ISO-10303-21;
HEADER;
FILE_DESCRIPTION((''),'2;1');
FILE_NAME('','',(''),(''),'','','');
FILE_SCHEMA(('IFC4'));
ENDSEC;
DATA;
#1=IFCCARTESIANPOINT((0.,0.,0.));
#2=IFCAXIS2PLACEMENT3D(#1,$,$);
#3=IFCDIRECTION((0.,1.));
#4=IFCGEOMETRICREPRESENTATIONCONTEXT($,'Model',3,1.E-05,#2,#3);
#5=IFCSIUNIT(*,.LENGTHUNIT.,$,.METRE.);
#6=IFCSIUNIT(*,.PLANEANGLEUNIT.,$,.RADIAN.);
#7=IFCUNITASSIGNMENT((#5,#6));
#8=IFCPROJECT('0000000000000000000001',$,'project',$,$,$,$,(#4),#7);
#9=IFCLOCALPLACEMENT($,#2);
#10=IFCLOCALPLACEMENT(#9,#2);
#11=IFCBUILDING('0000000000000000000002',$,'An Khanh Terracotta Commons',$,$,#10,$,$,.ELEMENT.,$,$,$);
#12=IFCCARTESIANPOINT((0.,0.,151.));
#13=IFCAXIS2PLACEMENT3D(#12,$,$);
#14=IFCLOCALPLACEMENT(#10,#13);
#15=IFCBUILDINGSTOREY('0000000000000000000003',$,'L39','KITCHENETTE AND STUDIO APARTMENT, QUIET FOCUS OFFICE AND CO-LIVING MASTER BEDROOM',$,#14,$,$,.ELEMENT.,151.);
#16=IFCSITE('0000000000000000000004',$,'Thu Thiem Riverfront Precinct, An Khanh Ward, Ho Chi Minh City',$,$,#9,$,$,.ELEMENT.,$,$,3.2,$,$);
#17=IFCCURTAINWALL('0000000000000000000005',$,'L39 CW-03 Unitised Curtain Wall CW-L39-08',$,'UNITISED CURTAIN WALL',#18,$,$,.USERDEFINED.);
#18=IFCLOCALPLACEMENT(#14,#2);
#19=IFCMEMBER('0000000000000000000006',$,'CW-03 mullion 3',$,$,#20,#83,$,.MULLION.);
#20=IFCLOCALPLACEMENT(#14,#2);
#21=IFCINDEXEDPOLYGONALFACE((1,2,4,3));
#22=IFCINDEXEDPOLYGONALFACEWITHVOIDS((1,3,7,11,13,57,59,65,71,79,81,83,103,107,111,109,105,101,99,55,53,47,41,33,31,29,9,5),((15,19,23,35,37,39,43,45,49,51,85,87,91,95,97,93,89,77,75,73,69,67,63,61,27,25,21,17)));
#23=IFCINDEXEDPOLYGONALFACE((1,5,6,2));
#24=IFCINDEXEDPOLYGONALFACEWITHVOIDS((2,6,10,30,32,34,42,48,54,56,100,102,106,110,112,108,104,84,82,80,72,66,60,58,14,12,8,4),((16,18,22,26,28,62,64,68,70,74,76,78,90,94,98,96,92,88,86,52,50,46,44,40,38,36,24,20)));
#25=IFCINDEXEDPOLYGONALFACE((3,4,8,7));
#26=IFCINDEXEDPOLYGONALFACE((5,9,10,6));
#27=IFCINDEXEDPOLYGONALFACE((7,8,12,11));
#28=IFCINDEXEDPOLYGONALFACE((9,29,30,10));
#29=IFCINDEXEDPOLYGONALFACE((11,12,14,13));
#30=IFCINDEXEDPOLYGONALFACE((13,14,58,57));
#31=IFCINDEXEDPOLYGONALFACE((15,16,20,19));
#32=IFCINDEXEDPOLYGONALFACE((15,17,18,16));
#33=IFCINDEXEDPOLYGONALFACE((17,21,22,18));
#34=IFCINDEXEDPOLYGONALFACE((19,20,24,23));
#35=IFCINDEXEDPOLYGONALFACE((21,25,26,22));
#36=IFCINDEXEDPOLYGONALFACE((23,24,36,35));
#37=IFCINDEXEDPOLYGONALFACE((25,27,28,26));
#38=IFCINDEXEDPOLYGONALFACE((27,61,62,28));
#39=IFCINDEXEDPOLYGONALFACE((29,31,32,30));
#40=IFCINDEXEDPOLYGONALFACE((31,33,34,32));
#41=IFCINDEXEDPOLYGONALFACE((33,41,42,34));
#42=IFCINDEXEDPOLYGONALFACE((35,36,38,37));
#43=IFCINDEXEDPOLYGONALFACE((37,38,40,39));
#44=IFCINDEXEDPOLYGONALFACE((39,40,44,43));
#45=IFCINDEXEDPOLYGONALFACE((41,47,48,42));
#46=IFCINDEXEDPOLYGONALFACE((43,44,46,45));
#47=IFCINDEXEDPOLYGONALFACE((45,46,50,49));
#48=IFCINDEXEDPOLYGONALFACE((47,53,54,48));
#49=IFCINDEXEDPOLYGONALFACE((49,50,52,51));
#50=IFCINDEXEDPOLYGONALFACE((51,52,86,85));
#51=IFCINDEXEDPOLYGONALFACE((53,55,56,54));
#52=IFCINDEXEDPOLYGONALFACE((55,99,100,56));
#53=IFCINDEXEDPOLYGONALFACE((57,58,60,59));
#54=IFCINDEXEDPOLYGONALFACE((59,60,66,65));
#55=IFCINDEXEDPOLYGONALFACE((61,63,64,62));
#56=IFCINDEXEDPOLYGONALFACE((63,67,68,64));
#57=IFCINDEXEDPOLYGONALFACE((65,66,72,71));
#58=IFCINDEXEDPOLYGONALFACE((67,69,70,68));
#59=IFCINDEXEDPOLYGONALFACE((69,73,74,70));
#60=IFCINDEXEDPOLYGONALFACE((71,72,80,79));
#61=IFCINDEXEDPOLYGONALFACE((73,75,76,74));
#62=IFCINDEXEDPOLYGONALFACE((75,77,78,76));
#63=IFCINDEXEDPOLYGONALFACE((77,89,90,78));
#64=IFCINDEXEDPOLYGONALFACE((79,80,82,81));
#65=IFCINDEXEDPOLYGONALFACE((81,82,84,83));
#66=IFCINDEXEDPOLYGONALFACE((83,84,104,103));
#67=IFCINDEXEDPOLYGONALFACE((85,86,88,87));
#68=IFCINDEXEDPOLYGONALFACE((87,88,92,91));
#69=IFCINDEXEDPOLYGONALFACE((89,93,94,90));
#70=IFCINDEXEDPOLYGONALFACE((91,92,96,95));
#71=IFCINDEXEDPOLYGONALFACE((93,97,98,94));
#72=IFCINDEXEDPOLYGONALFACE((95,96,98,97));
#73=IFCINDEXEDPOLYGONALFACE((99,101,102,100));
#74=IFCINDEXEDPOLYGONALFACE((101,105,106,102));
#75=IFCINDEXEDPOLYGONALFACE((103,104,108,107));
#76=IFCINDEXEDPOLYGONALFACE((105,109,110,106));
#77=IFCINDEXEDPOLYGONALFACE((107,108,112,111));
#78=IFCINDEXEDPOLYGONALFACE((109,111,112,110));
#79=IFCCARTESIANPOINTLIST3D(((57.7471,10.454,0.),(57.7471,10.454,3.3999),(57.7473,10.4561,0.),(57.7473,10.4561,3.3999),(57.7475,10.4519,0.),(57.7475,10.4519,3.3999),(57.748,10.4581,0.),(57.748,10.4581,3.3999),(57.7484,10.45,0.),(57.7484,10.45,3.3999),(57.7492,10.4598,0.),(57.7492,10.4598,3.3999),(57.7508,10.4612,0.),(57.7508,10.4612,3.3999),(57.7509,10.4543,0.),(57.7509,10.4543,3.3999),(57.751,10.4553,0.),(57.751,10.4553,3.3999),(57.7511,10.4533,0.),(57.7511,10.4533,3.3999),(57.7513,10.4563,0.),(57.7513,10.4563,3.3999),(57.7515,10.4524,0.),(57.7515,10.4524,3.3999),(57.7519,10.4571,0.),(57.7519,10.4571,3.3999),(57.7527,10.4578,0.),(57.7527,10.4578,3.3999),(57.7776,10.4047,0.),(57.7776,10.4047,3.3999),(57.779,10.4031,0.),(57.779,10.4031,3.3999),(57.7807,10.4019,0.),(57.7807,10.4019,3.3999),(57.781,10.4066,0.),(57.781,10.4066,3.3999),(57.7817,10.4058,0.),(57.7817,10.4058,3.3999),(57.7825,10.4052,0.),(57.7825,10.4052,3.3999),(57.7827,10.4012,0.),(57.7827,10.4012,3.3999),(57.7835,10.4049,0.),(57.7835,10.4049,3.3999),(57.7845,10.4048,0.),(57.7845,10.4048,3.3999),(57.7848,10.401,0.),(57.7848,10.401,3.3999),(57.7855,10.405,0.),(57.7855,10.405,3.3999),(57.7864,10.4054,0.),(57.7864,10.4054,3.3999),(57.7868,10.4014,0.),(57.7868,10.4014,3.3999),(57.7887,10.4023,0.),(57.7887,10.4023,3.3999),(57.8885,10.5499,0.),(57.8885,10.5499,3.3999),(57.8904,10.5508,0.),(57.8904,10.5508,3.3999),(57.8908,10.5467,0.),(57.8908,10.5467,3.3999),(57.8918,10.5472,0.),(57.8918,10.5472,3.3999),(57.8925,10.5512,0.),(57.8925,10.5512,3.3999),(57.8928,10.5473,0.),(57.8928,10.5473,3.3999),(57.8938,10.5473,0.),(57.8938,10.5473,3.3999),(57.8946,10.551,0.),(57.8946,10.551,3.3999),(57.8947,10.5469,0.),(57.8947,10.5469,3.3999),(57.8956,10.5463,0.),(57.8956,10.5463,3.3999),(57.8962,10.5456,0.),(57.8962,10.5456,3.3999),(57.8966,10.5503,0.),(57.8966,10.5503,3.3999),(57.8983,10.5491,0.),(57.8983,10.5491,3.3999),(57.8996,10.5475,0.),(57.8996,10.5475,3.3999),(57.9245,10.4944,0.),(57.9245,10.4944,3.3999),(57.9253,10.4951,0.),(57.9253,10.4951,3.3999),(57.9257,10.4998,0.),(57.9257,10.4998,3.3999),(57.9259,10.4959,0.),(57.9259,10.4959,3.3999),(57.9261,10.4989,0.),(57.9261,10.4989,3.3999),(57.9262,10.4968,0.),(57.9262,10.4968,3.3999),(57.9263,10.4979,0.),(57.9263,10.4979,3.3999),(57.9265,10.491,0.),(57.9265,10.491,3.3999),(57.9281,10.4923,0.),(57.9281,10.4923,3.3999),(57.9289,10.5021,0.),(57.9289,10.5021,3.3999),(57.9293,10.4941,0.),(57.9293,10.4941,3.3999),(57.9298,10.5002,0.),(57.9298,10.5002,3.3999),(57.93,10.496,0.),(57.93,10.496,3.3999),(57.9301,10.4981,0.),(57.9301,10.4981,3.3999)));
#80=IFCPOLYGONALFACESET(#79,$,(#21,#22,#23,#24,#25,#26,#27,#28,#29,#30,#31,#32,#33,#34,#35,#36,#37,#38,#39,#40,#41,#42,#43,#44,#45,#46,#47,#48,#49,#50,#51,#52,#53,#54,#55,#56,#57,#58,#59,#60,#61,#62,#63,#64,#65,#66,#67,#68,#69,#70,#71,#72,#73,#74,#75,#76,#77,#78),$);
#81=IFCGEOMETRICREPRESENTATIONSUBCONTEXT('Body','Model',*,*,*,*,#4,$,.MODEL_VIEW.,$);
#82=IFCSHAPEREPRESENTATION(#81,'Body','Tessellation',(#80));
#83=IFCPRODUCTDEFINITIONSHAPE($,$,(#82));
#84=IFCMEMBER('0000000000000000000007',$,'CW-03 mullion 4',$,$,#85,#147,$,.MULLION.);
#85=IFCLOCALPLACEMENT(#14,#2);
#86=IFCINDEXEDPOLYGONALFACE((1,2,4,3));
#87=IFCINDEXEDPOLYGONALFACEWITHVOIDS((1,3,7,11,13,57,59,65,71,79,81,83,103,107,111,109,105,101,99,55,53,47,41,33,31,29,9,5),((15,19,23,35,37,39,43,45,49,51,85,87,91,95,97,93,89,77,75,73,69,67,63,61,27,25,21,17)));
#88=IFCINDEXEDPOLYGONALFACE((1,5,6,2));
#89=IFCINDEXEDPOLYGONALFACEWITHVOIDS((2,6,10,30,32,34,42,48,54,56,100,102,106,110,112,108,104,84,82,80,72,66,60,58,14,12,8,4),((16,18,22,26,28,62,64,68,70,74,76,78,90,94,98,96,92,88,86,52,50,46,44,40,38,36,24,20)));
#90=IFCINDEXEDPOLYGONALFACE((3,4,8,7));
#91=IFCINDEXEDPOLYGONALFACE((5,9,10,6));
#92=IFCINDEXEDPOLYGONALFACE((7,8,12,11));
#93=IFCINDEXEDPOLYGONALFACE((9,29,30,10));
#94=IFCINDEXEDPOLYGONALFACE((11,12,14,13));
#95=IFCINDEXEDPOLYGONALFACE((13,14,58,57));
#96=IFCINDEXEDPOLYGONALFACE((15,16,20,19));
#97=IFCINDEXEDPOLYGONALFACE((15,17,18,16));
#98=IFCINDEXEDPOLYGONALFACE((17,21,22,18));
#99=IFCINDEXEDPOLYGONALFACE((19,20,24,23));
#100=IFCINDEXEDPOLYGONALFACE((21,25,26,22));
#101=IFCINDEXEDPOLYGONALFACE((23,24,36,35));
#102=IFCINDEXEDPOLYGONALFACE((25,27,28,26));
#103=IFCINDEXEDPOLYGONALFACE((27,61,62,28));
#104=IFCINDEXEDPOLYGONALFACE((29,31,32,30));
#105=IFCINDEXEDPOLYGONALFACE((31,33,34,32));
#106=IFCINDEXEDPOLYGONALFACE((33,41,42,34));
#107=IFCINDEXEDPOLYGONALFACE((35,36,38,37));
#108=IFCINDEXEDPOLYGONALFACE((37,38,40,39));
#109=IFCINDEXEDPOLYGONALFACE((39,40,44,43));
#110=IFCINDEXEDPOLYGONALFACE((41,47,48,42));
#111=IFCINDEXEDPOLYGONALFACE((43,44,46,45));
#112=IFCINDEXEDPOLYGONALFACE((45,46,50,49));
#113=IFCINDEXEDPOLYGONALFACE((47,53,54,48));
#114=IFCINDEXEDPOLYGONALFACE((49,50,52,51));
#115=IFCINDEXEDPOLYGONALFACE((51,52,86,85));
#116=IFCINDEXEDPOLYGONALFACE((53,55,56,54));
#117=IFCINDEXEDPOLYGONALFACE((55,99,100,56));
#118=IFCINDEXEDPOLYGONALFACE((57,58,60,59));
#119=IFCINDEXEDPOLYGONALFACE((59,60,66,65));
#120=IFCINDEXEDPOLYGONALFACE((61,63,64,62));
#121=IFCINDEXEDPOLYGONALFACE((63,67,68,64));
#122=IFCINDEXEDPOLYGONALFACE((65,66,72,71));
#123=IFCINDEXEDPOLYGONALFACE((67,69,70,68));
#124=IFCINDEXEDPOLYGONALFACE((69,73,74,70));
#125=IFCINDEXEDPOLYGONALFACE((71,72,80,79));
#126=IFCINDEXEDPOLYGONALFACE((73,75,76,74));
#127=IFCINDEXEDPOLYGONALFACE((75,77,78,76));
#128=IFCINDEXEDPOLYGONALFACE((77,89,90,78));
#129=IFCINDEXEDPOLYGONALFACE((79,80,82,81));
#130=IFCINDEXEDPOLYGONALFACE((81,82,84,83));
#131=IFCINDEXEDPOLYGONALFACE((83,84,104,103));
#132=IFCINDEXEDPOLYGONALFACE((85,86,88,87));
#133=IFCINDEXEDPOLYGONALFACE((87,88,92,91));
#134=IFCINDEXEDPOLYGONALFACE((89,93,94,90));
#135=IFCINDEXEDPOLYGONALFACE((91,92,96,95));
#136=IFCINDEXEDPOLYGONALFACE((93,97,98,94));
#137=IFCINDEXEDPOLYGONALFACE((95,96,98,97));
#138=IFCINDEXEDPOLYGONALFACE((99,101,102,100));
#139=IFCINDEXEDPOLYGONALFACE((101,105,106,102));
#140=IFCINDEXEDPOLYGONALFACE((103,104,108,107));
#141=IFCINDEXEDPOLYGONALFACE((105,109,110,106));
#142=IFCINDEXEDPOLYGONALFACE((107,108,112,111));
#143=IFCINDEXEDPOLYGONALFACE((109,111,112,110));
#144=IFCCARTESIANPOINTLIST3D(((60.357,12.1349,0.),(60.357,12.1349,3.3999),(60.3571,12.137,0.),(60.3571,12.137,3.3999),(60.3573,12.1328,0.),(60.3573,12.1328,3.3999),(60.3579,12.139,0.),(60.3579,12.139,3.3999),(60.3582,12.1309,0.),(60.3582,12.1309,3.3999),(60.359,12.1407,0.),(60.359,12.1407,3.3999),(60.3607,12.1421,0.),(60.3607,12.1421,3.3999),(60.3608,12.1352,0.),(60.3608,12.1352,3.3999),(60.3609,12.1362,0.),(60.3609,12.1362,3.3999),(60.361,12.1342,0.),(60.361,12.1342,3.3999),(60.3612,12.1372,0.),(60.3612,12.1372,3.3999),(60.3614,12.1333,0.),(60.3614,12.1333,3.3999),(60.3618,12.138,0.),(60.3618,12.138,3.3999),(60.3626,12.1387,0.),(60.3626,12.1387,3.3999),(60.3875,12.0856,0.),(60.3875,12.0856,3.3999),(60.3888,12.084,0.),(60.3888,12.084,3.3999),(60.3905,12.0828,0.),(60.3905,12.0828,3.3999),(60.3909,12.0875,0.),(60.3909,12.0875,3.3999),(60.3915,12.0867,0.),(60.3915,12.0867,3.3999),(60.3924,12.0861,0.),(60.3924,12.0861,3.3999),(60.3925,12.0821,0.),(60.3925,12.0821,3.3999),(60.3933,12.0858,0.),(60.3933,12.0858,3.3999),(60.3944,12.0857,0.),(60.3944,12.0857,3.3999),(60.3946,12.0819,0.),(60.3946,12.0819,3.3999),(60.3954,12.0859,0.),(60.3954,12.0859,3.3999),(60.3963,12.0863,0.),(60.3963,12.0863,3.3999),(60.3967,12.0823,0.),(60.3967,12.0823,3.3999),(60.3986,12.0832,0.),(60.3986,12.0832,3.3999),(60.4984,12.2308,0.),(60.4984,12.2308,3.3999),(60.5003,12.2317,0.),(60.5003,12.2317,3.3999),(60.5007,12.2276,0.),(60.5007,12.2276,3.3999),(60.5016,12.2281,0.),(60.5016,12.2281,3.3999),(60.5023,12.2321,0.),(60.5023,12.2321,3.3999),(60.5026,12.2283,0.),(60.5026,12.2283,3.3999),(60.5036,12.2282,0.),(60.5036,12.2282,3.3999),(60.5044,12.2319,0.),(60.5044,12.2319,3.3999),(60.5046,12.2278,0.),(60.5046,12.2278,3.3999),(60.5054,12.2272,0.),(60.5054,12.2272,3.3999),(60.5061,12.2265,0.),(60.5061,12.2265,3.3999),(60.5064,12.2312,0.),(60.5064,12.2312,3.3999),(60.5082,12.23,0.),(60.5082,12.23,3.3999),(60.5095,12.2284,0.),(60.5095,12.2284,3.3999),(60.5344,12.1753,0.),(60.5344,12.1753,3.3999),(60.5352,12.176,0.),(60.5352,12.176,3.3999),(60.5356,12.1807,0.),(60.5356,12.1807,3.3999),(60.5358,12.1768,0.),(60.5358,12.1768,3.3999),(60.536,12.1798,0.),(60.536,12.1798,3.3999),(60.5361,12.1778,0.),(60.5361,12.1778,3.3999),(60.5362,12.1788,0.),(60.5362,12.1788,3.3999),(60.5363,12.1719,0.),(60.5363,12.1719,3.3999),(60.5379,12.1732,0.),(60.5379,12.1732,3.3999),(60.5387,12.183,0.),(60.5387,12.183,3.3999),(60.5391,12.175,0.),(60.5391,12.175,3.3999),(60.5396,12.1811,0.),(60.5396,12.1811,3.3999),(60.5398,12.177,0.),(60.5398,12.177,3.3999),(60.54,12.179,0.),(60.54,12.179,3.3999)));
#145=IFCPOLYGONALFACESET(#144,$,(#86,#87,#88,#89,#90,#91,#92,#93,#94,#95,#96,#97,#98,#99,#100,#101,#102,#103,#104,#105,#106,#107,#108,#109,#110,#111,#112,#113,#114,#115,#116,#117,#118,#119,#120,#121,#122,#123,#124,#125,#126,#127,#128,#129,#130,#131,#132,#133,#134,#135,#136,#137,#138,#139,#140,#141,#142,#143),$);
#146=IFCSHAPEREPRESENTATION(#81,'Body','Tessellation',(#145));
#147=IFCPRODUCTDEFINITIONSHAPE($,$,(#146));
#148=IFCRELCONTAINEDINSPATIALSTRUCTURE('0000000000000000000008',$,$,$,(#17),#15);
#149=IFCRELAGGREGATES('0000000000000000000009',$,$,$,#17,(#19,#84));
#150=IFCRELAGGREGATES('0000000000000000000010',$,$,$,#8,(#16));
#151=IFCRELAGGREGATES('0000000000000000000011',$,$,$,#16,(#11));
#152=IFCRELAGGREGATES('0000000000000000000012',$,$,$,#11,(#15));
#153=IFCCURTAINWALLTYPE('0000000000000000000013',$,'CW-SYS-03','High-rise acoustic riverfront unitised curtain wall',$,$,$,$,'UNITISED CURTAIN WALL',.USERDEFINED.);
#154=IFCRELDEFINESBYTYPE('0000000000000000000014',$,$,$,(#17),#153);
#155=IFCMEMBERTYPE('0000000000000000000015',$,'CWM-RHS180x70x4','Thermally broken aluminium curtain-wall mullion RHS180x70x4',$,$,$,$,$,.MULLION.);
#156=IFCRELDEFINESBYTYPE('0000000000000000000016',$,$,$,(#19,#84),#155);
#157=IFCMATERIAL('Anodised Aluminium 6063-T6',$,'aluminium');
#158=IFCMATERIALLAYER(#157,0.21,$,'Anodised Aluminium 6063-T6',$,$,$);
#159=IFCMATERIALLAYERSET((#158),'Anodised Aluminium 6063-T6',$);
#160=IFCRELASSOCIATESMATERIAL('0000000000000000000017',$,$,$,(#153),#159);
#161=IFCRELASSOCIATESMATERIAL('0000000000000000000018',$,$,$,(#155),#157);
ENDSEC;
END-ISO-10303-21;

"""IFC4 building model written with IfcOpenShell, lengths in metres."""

from ifc_helpers import new_model, si_unit, direction, frame, origin, origin_2d, place, context, subcontext, project, spatial, hollow_rectangle, extrude, material, layer, layer_set, material_profile, profile_set, type_object, element, aggregate, save


model = new_model("IFC4")

# Units and contexts
model_context = context("Model", 3, precision=1e-05, world=origin(), true_north=direction((0.0, 1.0)))
body_context = subcontext(model_context, "Body", "Model", "MODEL_VIEW")
ifc_project = project(units=[si_unit("LENGTHUNIT", "METRE"), si_unit("PLANEANGLEUNIT", "RADIAN")], contexts=[model_context])

# Site, building, storey
site_placement = place(None, origin())
site = spatial("IfcSite", under=ifc_project, at=site_placement, Name="Thu Thiem Riverfront Precinct, An Khanh Ward, Ho Chi Minh City", CompositionType="ELEMENT", RefElevation=3.2)
building_placement = place(site_placement, origin())
building = spatial("IfcBuilding", under=site, at=building_placement, Name="An Khanh Terracotta Commons", CompositionType="ELEMENT")
storey_placement = place(building_placement, frame((0.0, 0.0, 151.0)))
storey = spatial("IfcBuildingStorey", under=building, at=storey_placement, Name="L39", Description="KITCHENETTE AND STUDIO APARTMENT, QUIET FOCUS OFFICE AND CO-LIVING MASTER BEDROOM", CompositionType="ELEMENT", Elevation=151.0)

# Curtain wall, members
ifc_material_1 = material(Name="Anodised Aluminium 6063-T6", Category="aluminium")
ifc_layer_1 = layer(ifc_material_1, 0.21, Name="Anodised Aluminium 6063-T6")
ifc_layer_set_1 = layer_set([ifc_layer_1], Name="Anodised Aluminium 6063-T6")
curtain_wall_type_1 = type_object("IfcCurtainWallType", Name="CW-SYS-03", Description="High-rise acoustic riverfront unitised curtain wall", ElementType="UNITISED CURTAIN WALL", PredefinedType="USERDEFINED", material=ifc_layer_set_1)
curtain_wall_1_placement = place(storey_placement, origin())
curtain_wall_1 = element("IfcCurtainWall", 1, at=curtain_wall_1_placement, inside=storey, type_object=curtain_wall_type_1, Name="L39 CW-03 Unitised Curtain Wall CW-L39-08", ObjectType="UNITISED CURTAIN WALL", PredefinedType="USERDEFINED")
ifc_material_profile_1 = material_profile(ifc_material_1, hollow_rectangle(XDim=0.0701, YDim=0.1799, WallThickness=0.0039, InnerFilletRadius=0.0039, OuterFilletRadius=0.0081, at=origin_2d()), Name="RHS180x70x4")
ifc_profile_set_1 = profile_set([ifc_material_profile_1], Name="Anodised Aluminium 6063-T6")
member_type_1 = type_object("IfcMemberType", Name="CWM-RHS180x70x4", Description="Thermally broken aluminium curtain-wall mullion RHS180x70x4", PredefinedType="MULLION", material=ifc_profile_set_1)
member_1_placement = place(storey_placement, frame((57.8386, 10.4761, 0.0), z_axis=(0.0, 0.0, 1.0), x_axis=(-0.541498, 0.840702, 0.0)))
member_1 = element("IfcMember", 2, at=member_1_placement, type_object=member_type_1, Name="CW-03 mullion 3", PredefinedType="MULLION", context=body_context, shape_type="SweptSolid", body=[
    extrude(hollow_rectangle(XDim=0.0701, YDim=0.1799, WallThickness=0.0039, InnerFilletRadius=0.0039, OuterFilletRadius=0.0081, at=origin_2d()), origin(), (0.0, 0.0, 1.0), 3.3999),
])
member_2_placement = place(storey_placement, frame((60.4485, 12.157, 0.0), z_axis=(0.0, 0.0, 1.0), x_axis=(-0.541498, 0.840702, 0.0)))
member_2 = element("IfcMember", 3, at=member_2_placement, type_object=member_type_1, Name="CW-03 mullion 4", PredefinedType="MULLION", context=body_context, shape_type="SweptSolid", body=[
    extrude(hollow_rectangle(XDim=0.0701, YDim=0.1799, WallThickness=0.0039, InnerFilletRadius=0.0039, OuterFilletRadius=0.0081, at=origin_2d()), origin(), (0.0, 0.0, 1.0), 3.3999),
])

aggregate(curtain_wall_1, [member_1, member_2])

save(model, "model.ifc")
